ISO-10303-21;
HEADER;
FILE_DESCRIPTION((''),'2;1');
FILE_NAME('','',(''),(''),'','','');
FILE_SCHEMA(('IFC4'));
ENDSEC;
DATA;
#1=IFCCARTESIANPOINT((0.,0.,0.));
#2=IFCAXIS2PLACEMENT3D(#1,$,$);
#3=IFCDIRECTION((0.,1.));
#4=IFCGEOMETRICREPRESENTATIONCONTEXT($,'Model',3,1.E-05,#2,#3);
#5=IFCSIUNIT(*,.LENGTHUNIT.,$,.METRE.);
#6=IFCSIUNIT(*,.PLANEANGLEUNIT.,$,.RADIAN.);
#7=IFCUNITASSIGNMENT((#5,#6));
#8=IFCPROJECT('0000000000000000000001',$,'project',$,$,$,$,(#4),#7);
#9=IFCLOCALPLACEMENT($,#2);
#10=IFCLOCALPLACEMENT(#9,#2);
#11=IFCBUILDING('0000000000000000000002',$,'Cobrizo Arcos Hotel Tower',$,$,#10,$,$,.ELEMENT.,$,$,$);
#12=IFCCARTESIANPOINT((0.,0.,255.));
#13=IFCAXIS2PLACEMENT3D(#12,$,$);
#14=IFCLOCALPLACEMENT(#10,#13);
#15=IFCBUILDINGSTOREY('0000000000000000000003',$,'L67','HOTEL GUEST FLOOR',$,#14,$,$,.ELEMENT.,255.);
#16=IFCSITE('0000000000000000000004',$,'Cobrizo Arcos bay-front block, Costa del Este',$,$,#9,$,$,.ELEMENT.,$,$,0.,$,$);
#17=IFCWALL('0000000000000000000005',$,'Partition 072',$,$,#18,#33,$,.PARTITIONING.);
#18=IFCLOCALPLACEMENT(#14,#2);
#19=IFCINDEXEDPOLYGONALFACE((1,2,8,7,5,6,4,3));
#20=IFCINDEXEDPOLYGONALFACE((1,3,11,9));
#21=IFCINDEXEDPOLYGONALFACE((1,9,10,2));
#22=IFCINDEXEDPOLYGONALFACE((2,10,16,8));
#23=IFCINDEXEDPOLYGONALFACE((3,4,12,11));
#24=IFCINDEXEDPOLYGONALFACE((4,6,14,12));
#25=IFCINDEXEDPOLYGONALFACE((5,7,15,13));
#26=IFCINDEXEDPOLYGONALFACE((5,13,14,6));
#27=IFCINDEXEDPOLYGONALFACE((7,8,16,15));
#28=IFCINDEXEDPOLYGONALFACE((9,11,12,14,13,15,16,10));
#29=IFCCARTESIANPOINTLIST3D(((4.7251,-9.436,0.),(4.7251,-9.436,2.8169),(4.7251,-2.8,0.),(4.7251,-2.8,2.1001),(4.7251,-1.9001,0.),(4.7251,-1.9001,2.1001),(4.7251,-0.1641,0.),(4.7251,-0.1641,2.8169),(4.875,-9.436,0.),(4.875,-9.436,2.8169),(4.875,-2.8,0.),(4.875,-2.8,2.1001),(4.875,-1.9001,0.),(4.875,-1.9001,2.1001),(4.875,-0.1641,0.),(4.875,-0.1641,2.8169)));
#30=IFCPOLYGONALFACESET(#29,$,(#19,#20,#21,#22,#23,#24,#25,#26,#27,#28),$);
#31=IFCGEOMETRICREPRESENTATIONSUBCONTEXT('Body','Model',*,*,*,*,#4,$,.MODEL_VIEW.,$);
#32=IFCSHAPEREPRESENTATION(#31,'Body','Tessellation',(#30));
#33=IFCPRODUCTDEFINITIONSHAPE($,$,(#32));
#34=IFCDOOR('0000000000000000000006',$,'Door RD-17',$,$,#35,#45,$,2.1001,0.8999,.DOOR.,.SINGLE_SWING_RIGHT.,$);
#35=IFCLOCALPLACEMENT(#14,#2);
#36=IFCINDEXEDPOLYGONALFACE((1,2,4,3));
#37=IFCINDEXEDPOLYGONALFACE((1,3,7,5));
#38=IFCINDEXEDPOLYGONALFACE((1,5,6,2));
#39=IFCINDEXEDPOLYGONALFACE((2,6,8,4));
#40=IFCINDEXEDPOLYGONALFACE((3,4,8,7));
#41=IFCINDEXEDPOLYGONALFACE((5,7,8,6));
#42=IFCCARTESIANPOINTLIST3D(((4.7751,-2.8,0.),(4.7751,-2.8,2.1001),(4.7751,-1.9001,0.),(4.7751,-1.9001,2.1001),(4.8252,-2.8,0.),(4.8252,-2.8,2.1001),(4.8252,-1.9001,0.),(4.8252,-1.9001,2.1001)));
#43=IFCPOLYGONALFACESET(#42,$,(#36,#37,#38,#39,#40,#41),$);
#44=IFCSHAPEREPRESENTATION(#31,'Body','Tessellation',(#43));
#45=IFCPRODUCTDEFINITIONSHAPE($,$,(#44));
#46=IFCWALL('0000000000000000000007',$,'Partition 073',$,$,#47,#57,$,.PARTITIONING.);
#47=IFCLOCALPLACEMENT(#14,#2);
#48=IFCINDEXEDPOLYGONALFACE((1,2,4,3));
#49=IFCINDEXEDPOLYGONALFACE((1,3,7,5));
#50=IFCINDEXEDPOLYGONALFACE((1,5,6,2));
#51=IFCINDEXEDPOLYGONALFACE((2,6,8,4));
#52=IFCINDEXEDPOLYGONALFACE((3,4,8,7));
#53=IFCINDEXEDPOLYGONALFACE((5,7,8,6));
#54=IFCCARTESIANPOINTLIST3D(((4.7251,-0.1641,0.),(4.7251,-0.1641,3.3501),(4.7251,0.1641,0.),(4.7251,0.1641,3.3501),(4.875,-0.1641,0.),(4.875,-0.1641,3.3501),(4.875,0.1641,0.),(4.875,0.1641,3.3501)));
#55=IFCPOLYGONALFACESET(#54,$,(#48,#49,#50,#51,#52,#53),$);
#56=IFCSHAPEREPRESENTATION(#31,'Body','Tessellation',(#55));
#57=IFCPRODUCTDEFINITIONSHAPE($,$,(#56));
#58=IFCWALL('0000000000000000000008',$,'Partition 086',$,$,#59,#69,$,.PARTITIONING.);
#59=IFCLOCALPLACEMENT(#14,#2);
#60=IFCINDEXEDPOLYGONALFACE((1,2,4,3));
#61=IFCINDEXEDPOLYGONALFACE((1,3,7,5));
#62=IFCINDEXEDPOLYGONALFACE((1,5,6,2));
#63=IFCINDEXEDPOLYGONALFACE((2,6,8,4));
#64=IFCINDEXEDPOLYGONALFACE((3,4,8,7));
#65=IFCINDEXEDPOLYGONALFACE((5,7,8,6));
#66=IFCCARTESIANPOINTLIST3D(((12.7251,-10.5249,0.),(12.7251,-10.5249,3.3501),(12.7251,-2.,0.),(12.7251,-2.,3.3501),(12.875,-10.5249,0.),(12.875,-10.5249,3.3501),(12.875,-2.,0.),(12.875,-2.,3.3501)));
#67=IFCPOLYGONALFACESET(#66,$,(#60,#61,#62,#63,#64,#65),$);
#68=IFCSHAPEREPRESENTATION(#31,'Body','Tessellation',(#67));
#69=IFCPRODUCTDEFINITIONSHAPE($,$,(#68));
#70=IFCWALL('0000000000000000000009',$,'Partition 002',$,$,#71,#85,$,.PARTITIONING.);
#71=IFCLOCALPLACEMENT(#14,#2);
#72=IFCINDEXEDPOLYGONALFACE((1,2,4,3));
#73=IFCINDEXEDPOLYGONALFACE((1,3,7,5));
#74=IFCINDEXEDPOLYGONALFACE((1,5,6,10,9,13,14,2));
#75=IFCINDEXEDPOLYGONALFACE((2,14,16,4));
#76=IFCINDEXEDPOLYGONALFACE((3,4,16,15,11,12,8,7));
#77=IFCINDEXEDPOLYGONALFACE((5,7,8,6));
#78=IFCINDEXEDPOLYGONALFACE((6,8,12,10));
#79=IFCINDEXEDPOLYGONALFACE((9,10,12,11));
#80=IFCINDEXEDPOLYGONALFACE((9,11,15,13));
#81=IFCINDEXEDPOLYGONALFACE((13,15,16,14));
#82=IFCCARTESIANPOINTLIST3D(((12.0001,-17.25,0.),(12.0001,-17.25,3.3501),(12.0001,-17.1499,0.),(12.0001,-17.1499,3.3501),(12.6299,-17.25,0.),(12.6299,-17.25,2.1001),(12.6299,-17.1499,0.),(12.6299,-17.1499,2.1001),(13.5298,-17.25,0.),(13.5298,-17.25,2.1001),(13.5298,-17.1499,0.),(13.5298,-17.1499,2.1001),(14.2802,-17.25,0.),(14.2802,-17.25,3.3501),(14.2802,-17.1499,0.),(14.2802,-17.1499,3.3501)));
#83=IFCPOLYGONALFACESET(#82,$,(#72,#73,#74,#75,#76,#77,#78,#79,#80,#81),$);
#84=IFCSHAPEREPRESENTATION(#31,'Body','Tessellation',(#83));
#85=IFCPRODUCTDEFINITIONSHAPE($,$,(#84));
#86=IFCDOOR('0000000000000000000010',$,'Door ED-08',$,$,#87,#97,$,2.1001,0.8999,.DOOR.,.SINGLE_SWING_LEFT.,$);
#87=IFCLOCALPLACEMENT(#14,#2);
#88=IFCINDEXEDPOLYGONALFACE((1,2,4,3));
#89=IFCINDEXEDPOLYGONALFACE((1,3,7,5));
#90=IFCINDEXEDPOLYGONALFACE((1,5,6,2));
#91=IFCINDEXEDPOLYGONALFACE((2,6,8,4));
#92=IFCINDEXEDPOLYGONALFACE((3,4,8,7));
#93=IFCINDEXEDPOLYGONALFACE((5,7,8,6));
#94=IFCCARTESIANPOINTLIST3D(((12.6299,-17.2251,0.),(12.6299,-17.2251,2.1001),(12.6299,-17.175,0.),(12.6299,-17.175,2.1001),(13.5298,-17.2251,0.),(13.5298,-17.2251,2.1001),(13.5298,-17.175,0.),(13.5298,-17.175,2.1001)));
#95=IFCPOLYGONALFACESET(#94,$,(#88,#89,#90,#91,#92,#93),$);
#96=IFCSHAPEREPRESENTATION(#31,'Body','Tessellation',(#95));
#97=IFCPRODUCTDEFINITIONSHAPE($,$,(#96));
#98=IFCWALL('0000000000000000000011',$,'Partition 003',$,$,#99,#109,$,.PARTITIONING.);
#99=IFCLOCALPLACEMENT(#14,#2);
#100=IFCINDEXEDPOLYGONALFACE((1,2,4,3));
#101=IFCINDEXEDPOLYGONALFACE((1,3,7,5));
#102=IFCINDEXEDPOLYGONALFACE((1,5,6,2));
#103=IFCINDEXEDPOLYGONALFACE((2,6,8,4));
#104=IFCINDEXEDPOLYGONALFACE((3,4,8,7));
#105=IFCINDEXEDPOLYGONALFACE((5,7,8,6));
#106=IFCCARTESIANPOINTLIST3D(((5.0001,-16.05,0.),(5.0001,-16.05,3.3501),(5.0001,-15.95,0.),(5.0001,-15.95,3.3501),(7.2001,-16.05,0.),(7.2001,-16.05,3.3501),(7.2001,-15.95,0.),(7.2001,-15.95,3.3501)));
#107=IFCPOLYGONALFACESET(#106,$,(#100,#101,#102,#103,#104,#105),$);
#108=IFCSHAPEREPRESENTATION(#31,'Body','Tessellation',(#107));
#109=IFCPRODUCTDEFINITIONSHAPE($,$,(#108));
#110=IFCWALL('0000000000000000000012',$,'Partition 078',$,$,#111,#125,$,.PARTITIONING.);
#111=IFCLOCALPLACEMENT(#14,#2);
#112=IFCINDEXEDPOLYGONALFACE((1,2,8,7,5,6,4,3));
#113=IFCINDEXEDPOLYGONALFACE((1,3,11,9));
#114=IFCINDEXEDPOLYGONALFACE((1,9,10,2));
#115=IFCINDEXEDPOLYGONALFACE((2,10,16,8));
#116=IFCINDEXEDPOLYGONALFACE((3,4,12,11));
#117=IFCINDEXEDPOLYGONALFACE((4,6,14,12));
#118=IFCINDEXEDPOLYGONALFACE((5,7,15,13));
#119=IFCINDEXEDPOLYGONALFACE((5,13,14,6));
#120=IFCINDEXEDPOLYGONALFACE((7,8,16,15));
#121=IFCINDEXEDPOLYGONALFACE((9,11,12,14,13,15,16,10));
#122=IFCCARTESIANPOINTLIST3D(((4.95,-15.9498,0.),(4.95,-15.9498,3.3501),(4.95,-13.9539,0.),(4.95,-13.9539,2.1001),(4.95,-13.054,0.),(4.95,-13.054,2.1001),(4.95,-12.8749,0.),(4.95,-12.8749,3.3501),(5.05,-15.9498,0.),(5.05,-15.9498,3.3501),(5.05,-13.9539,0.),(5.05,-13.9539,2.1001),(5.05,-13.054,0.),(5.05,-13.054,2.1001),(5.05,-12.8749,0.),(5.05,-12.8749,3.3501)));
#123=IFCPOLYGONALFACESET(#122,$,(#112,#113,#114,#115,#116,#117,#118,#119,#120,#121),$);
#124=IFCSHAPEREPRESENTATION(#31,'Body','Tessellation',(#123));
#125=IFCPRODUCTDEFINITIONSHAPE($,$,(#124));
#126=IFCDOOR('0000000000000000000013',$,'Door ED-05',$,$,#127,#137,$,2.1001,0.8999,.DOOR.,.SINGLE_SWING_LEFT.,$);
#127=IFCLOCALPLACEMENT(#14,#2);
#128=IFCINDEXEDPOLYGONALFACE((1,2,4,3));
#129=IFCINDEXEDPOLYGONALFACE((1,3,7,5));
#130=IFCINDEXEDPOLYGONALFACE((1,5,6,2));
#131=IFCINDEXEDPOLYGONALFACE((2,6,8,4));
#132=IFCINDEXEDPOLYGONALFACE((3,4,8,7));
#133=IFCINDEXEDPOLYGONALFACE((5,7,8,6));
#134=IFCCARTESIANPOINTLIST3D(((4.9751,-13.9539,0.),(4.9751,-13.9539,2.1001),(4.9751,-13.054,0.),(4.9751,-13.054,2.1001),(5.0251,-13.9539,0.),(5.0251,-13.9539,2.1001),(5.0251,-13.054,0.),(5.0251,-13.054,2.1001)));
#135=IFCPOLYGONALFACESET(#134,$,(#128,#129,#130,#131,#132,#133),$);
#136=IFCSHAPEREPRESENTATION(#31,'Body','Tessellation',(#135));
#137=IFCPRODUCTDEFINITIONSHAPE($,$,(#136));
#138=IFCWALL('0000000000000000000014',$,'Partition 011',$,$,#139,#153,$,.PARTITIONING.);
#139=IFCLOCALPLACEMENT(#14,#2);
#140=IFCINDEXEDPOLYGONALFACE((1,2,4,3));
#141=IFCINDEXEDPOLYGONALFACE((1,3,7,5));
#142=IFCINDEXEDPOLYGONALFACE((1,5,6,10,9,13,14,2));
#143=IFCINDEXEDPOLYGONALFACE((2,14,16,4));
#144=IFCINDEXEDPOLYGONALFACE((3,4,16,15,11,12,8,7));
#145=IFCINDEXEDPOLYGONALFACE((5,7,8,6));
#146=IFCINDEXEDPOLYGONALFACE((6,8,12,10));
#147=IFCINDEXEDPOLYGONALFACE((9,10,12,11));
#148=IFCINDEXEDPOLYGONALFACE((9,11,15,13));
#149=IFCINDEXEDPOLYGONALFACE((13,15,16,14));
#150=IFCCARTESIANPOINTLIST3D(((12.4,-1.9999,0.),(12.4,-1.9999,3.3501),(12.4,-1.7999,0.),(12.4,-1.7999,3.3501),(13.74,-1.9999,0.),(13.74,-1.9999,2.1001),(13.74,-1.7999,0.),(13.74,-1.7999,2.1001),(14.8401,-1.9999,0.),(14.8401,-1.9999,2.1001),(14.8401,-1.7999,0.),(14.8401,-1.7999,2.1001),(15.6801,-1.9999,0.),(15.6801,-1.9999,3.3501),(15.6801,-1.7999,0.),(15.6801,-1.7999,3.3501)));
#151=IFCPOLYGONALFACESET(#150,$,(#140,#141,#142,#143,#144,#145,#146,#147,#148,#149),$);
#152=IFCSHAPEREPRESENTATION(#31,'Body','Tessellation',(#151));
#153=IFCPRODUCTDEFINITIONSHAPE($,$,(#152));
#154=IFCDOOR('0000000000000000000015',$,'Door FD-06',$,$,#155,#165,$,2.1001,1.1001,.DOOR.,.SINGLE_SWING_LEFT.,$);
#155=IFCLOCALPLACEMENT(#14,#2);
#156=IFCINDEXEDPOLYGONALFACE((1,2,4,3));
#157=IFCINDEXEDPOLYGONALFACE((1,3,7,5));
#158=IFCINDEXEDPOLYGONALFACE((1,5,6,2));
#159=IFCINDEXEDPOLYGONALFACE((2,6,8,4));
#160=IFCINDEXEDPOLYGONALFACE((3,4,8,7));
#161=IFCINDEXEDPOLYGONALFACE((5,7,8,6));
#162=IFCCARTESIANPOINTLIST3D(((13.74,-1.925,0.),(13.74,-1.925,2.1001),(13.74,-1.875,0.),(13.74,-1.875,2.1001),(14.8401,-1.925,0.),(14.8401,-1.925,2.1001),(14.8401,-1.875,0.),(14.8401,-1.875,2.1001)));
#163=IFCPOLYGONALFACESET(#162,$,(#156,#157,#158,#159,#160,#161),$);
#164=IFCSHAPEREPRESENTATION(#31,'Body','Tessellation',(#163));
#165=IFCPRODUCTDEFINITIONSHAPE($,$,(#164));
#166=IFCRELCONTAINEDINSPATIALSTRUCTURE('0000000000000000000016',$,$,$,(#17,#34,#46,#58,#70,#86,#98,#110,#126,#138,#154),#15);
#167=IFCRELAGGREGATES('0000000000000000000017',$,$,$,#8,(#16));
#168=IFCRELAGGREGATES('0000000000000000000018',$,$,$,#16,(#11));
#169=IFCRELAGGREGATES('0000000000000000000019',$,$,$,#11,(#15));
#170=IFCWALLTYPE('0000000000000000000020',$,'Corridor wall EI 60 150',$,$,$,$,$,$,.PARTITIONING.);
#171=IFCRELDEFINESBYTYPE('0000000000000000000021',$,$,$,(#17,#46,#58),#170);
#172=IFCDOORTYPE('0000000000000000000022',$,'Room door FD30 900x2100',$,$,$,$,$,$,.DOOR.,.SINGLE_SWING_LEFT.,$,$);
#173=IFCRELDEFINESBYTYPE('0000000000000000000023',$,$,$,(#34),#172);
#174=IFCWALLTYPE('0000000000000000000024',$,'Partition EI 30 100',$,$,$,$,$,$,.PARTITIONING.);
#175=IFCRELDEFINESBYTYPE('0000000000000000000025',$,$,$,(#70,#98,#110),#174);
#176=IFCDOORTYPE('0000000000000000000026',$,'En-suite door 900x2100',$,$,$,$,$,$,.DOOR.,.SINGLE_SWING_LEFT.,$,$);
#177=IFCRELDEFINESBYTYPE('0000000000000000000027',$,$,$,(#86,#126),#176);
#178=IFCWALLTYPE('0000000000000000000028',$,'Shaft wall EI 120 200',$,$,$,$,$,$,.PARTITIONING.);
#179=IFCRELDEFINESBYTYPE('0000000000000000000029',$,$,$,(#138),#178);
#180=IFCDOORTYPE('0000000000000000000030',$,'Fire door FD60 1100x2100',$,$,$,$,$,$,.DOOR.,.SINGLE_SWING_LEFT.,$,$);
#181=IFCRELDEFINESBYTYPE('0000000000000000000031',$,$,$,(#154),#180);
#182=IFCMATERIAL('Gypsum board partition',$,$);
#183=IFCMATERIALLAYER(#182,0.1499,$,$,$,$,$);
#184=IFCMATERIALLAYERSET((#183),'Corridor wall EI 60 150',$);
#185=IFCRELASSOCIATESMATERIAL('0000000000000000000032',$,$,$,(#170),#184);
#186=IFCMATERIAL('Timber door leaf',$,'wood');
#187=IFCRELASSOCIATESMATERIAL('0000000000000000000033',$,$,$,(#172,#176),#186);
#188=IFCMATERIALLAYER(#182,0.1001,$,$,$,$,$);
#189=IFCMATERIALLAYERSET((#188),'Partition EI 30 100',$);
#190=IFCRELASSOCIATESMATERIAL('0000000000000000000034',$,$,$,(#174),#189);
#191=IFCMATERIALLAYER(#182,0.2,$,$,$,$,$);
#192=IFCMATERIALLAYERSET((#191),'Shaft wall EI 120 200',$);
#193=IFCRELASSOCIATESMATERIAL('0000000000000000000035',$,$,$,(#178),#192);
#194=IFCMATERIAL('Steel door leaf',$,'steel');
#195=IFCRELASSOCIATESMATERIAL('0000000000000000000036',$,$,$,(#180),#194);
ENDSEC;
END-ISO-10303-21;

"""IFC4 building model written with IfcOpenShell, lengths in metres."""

from ifc_helpers import new_model, si_unit, direction, frame, frame_2d, origin, place, context, subcontext, project, spatial, rectangle, extrude, material, layer, layer_set, type_object, element, fill, save


model = new_model("IFC4")

# Units and contexts
model_context = context("Model", 3, precision=1e-05, world=origin(), true_north=direction((0.0, 1.0)))
body_context = subcontext(model_context, "Body", "Model", "MODEL_VIEW")
ifc_project = project(units=[si_unit("LENGTHUNIT", "METRE"), si_unit("PLANEANGLEUNIT", "RADIAN")], contexts=[model_context])

# Site, building, storey
site_placement = place(None, origin())
site = spatial("IfcSite", under=ifc_project, at=site_placement, Name="Cobrizo Arcos bay-front block, Costa del Este", CompositionType="ELEMENT", RefElevation=0.0)
building_placement = place(site_placement, origin())
building = spatial("IfcBuilding", under=site, at=building_placement, Name="Cobrizo Arcos Hotel Tower", CompositionType="ELEMENT")
storey_placement = place(building_placement, frame((0.0, 0.0, 255.0)))
storey = spatial("IfcBuildingStorey", under=building, at=storey_placement, Name="L67", Description="HOTEL GUEST FLOOR", CompositionType="ELEMENT", Elevation=255.0)

# Shared definitions
ifc_material_1 = material(Name="Gypsum board partition")
ifc_layer_1 = layer(ifc_material_1, 0.1499)
ifc_layer_set_1 = layer_set([ifc_layer_1], Name="Corridor wall EI 60 150")
wall_type_1 = type_object("IfcWallType", Name="Corridor wall EI 60 150", PredefinedType="PARTITIONING", material=ifc_layer_set_1)

# Wall, opening, door
wall_1_placement = place(storey_placement, frame((4.8, -9.436, 0.0), z_axis=(0.0, 0.0, 1.0), x_axis=(0.0, 1.0, 0.0)))
wall_1 = element("IfcWall", 1, at=wall_1_placement, inside=storey, type_object=wall_type_1, Name="Partition 072", PredefinedType="PARTITIONING", context=body_context, shape_type="SweptSolid", body=[
    extrude(rectangle(XDim=9.272, YDim=0.1499, at=frame_2d((4.636, 0.0))), origin(), (0.0, 0.0, 1.0), 2.8169),
])
opening_1_placement = place(wall_1_placement, frame((6.636, 0.0, 0.0)))
opening_1 = element("IfcOpeningElement", 2, at=opening_1_placement, cuts=wall_1, PredefinedType="OPENING", context=body_context, shape_type="SweptSolid", body=[
    extrude(rectangle(XDim=0.8999, YDim=2.1001, at=frame_2d((0.45, 1.05))), frame((0.0, 0.0869, 0.0), z_axis=(0.0, -1.0, 0.0), x_axis=(1.0, 0.0, 0.0)), (0.0, 0.0, 1.0), 0.1738),
])
ifc_material_2 = material(Name="Timber door leaf", Category="wood")
door_type_1 = type_object("IfcDoorType", Name="Room door FD30 900x2100", OperationType="SINGLE_SWING_LEFT", PredefinedType="DOOR", material=ifc_material_2)
door_1_placement = place(opening_1_placement, origin())
door_1 = element("IfcDoor", 3, at=door_1_placement, inside=storey, type_object=door_type_1, Name="Door RD-17", OperationType="SINGLE_SWING_RIGHT", OverallHeight=2.1001, OverallWidth=0.8999, PredefinedType="DOOR", context=body_context, shape_type="SweptSolid", body=[
    extrude(rectangle(XDim=0.8999, YDim=2.1001, at=frame_2d((0.45, 1.05))), frame((0.0, 0.0249, 0.0), z_axis=(0.0, -1.0, 0.0), x_axis=(1.0, 0.0, 0.0)), (0.0, 0.0, 1.0), 0.05),
])
fill(opening_1, door_1)

# Walls
wall_2_placement = place(storey_placement, frame((4.8, -0.1641, 0.0), z_axis=(0.0, 0.0, 1.0), x_axis=(0.0, 1.0, 0.0)))
element("IfcWall", 4, at=wall_2_placement, inside=storey, type_object=wall_type_1, Name="Partition 073", PredefinedType="PARTITIONING", context=body_context, shape_type="SweptSolid", body=[
    extrude(rectangle(XDim=0.3281, YDim=0.1499, at=frame_2d((0.1641, 0.0))), origin(), (0.0, 0.0, 1.0), 3.3501),
])
wall_3_placement = place(storey_placement, frame((12.8, -10.5249, 0.0), z_axis=(0.0, 0.0, 1.0), x_axis=(0.0, 1.0, 0.0)))
element("IfcWall", 5, at=wall_3_placement, inside=storey, type_object=wall_type_1, Name="Partition 086", PredefinedType="PARTITIONING", context=body_context, shape_type="SweptSolid", body=[
    extrude(rectangle(XDim=8.5249, YDim=0.1499, at=frame_2d((4.2625, 0.0))), origin(), (0.0, 0.0, 1.0), 3.3501),
])

# Wall, opening, door
ifc_layer_2 = layer(ifc_material_1, 0.1001)
ifc_layer_set_2 = layer_set([ifc_layer_2], Name="Partition EI 30 100")
wall_type_2 = type_object("IfcWallType", Name="Partition EI 30 100", PredefinedType="PARTITIONING", material=ifc_layer_set_2)
wall_4_placement = place(storey_placement, frame((12.0, -17.2, 0.0), z_axis=(0.0, 0.0, 1.0), x_axis=(1.0, 0.0, 0.0)))
wall_4 = element("IfcWall", 6, at=wall_4_placement, inside=storey, type_object=wall_type_2, Name="Partition 002", PredefinedType="PARTITIONING", context=body_context, shape_type="SweptSolid", body=[
    extrude(rectangle(XDim=2.28, YDim=0.1001, at=frame_2d((1.1401, 0.0))), origin(), (0.0, 0.0, 1.0), 3.3501),
])
opening_2_placement = place(wall_4_placement, frame((0.6299, 0.0, 0.0)))
opening_2 = element("IfcOpeningElement", 7, at=opening_2_placement, cuts=wall_4, PredefinedType="OPENING", context=body_context, shape_type="SweptSolid", body=[
    extrude(rectangle(XDim=0.8999, YDim=2.1001, at=frame_2d((0.45, 1.05))), frame((0.0, 0.062, 0.0), z_axis=(0.0, -1.0, 0.0), x_axis=(1.0, 0.0, 0.0)), (0.0, 0.0, 1.0), 0.124),
])
door_type_2 = type_object("IfcDoorType", Name="En-suite door 900x2100", OperationType="SINGLE_SWING_LEFT", PredefinedType="DOOR", material=ifc_material_2)
door_2_placement = place(opening_2_placement, origin())
door_2 = element("IfcDoor", 8, at=door_2_placement, inside=storey, type_object=door_type_2, Name="Door ED-08", OperationType="SINGLE_SWING_LEFT", OverallHeight=2.1001, OverallWidth=0.8999, PredefinedType="DOOR", context=body_context, shape_type="SweptSolid", body=[
    extrude(rectangle(XDim=0.8999, YDim=2.1001, at=frame_2d((0.45, 1.05))), frame((0.0, 0.0249, 0.0), z_axis=(0.0, -1.0, 0.0), x_axis=(1.0, 0.0, 0.0)), (0.0, 0.0, 1.0), 0.05),
])
fill(opening_2, door_2)

# Wall
wall_5_placement = place(storey_placement, frame((5.0, -16.0, 0.0), z_axis=(0.0, 0.0, 1.0), x_axis=(1.0, 0.0, 0.0)))
element("IfcWall", 9, at=wall_5_placement, inside=storey, type_object=wall_type_2, Name="Partition 003", PredefinedType="PARTITIONING", context=body_context, shape_type="SweptSolid", body=[
    extrude(rectangle(XDim=2.2, YDim=0.1001, at=frame_2d((1.1001, 0.0))), origin(), (0.0, 0.0, 1.0), 3.3501),
])

# Walls, openings, doors
wall_6_placement = place(storey_placement, frame((5.0, -15.95, 0.0), z_axis=(0.0, 0.0, 1.0), x_axis=(0.0, 1.0, 0.0)))
wall_6 = element("IfcWall", 10, at=wall_6_placement, inside=storey, type_object=wall_type_2, Name="Partition 078", PredefinedType="PARTITIONING", context=body_context, shape_type="SweptSolid", body=[
    extrude(rectangle(XDim=3.075, YDim=0.1001, at=frame_2d((1.5376, 0.0))), origin(), (0.0, 0.0, 1.0), 3.3501),
])
opening_3_placement = place(wall_6_placement, frame((1.9961, 0.0, 0.0)))
opening_3 = element("IfcOpeningElement", 11, at=opening_3_placement, cuts=wall_6, PredefinedType="OPENING", context=body_context, shape_type="SweptSolid", body=[
    extrude(rectangle(XDim=0.8999, YDim=2.1001, at=frame_2d((0.45, 1.05))), frame((0.0, 0.062, 0.0), z_axis=(0.0, -1.0, 0.0), x_axis=(1.0, 0.0, 0.0)), (0.0, 0.0, 1.0), 0.124),
])
door_3_placement = place(opening_3_placement, origin())
door_3 = element("IfcDoor", 12, at=door_3_placement, inside=storey, type_object=door_type_2, Name="Door ED-05", OperationType="SINGLE_SWING_LEFT", OverallHeight=2.1001, OverallWidth=0.8999, PredefinedType="DOOR", context=body_context, shape_type="SweptSolid", body=[
    extrude(rectangle(XDim=0.8999, YDim=2.1001, at=frame_2d((0.45, 1.05))), frame((0.0, 0.0249, 0.0), z_axis=(0.0, -1.0, 0.0), x_axis=(1.0, 0.0, 0.0)), (0.0, 0.0, 1.0), 0.05),
])
fill(opening_3, door_3)
ifc_layer_3 = layer(ifc_material_1, 0.2)
ifc_layer_set_3 = layer_set([ifc_layer_3], Name="Shaft wall EI 120 200")
wall_type_3 = type_object("IfcWallType", Name="Shaft wall EI 120 200", PredefinedType="PARTITIONING", material=ifc_layer_set_3)
wall_7_placement = place(storey_placement, frame((12.3999, -1.8999, 0.0), z_axis=(0.0, 0.0, 1.0), x_axis=(1.0, 0.0, 0.0)))
wall_7 = element("IfcWall", 13, at=wall_7_placement, inside=storey, type_object=wall_type_3, Name="Partition 011", PredefinedType="PARTITIONING", context=body_context, shape_type="SweptSolid", body=[
    extrude(rectangle(XDim=3.28, YDim=0.2, at=frame_2d((1.6401, 0.0))), origin(), (0.0, 0.0, 1.0), 3.3501),
])
opening_4_placement = place(wall_7_placement, frame((1.3401, 0.0, 0.0)))
opening_4 = element("IfcOpeningElement", 14, at=opening_4_placement, cuts=wall_7, PredefinedType="OPENING", context=body_context, shape_type="SweptSolid", body=[
    extrude(rectangle(XDim=1.1001, YDim=2.1001, at=frame_2d((0.55, 1.05))), frame((0.0, 0.1121, 0.0), z_axis=(0.0, -1.0, 0.0), x_axis=(1.0, 0.0, 0.0)), (0.0, 0.0, 1.0), 0.2239),
])
ifc_material_3 = material(Name="Steel door leaf", Category="steel")
door_type_3 = type_object("IfcDoorType", Name="Fire door FD60 1100x2100", OperationType="SINGLE_SWING_LEFT", PredefinedType="DOOR", material=ifc_material_3)
door_4_placement = place(opening_4_placement, origin())
door_4 = element("IfcDoor", 15, at=door_4_placement, inside=storey, type_object=door_type_3, Name="Door FD-06", OperationType="SINGLE_SWING_LEFT", OverallHeight=2.1001, OverallWidth=1.1001, PredefinedType="DOOR", context=body_context, shape_type="SweptSolid", body=[
    extrude(rectangle(XDim=1.1001, YDim=2.1001, at=frame_2d((0.55, 1.05))), frame((0.0, 0.0249, 0.0), z_axis=(0.0, -1.0, 0.0), x_axis=(1.0, 0.0, 0.0)), (0.0, 0.0, 1.0), 0.05),
])
fill(opening_4, door_4)

save(model, "model.ifc")
